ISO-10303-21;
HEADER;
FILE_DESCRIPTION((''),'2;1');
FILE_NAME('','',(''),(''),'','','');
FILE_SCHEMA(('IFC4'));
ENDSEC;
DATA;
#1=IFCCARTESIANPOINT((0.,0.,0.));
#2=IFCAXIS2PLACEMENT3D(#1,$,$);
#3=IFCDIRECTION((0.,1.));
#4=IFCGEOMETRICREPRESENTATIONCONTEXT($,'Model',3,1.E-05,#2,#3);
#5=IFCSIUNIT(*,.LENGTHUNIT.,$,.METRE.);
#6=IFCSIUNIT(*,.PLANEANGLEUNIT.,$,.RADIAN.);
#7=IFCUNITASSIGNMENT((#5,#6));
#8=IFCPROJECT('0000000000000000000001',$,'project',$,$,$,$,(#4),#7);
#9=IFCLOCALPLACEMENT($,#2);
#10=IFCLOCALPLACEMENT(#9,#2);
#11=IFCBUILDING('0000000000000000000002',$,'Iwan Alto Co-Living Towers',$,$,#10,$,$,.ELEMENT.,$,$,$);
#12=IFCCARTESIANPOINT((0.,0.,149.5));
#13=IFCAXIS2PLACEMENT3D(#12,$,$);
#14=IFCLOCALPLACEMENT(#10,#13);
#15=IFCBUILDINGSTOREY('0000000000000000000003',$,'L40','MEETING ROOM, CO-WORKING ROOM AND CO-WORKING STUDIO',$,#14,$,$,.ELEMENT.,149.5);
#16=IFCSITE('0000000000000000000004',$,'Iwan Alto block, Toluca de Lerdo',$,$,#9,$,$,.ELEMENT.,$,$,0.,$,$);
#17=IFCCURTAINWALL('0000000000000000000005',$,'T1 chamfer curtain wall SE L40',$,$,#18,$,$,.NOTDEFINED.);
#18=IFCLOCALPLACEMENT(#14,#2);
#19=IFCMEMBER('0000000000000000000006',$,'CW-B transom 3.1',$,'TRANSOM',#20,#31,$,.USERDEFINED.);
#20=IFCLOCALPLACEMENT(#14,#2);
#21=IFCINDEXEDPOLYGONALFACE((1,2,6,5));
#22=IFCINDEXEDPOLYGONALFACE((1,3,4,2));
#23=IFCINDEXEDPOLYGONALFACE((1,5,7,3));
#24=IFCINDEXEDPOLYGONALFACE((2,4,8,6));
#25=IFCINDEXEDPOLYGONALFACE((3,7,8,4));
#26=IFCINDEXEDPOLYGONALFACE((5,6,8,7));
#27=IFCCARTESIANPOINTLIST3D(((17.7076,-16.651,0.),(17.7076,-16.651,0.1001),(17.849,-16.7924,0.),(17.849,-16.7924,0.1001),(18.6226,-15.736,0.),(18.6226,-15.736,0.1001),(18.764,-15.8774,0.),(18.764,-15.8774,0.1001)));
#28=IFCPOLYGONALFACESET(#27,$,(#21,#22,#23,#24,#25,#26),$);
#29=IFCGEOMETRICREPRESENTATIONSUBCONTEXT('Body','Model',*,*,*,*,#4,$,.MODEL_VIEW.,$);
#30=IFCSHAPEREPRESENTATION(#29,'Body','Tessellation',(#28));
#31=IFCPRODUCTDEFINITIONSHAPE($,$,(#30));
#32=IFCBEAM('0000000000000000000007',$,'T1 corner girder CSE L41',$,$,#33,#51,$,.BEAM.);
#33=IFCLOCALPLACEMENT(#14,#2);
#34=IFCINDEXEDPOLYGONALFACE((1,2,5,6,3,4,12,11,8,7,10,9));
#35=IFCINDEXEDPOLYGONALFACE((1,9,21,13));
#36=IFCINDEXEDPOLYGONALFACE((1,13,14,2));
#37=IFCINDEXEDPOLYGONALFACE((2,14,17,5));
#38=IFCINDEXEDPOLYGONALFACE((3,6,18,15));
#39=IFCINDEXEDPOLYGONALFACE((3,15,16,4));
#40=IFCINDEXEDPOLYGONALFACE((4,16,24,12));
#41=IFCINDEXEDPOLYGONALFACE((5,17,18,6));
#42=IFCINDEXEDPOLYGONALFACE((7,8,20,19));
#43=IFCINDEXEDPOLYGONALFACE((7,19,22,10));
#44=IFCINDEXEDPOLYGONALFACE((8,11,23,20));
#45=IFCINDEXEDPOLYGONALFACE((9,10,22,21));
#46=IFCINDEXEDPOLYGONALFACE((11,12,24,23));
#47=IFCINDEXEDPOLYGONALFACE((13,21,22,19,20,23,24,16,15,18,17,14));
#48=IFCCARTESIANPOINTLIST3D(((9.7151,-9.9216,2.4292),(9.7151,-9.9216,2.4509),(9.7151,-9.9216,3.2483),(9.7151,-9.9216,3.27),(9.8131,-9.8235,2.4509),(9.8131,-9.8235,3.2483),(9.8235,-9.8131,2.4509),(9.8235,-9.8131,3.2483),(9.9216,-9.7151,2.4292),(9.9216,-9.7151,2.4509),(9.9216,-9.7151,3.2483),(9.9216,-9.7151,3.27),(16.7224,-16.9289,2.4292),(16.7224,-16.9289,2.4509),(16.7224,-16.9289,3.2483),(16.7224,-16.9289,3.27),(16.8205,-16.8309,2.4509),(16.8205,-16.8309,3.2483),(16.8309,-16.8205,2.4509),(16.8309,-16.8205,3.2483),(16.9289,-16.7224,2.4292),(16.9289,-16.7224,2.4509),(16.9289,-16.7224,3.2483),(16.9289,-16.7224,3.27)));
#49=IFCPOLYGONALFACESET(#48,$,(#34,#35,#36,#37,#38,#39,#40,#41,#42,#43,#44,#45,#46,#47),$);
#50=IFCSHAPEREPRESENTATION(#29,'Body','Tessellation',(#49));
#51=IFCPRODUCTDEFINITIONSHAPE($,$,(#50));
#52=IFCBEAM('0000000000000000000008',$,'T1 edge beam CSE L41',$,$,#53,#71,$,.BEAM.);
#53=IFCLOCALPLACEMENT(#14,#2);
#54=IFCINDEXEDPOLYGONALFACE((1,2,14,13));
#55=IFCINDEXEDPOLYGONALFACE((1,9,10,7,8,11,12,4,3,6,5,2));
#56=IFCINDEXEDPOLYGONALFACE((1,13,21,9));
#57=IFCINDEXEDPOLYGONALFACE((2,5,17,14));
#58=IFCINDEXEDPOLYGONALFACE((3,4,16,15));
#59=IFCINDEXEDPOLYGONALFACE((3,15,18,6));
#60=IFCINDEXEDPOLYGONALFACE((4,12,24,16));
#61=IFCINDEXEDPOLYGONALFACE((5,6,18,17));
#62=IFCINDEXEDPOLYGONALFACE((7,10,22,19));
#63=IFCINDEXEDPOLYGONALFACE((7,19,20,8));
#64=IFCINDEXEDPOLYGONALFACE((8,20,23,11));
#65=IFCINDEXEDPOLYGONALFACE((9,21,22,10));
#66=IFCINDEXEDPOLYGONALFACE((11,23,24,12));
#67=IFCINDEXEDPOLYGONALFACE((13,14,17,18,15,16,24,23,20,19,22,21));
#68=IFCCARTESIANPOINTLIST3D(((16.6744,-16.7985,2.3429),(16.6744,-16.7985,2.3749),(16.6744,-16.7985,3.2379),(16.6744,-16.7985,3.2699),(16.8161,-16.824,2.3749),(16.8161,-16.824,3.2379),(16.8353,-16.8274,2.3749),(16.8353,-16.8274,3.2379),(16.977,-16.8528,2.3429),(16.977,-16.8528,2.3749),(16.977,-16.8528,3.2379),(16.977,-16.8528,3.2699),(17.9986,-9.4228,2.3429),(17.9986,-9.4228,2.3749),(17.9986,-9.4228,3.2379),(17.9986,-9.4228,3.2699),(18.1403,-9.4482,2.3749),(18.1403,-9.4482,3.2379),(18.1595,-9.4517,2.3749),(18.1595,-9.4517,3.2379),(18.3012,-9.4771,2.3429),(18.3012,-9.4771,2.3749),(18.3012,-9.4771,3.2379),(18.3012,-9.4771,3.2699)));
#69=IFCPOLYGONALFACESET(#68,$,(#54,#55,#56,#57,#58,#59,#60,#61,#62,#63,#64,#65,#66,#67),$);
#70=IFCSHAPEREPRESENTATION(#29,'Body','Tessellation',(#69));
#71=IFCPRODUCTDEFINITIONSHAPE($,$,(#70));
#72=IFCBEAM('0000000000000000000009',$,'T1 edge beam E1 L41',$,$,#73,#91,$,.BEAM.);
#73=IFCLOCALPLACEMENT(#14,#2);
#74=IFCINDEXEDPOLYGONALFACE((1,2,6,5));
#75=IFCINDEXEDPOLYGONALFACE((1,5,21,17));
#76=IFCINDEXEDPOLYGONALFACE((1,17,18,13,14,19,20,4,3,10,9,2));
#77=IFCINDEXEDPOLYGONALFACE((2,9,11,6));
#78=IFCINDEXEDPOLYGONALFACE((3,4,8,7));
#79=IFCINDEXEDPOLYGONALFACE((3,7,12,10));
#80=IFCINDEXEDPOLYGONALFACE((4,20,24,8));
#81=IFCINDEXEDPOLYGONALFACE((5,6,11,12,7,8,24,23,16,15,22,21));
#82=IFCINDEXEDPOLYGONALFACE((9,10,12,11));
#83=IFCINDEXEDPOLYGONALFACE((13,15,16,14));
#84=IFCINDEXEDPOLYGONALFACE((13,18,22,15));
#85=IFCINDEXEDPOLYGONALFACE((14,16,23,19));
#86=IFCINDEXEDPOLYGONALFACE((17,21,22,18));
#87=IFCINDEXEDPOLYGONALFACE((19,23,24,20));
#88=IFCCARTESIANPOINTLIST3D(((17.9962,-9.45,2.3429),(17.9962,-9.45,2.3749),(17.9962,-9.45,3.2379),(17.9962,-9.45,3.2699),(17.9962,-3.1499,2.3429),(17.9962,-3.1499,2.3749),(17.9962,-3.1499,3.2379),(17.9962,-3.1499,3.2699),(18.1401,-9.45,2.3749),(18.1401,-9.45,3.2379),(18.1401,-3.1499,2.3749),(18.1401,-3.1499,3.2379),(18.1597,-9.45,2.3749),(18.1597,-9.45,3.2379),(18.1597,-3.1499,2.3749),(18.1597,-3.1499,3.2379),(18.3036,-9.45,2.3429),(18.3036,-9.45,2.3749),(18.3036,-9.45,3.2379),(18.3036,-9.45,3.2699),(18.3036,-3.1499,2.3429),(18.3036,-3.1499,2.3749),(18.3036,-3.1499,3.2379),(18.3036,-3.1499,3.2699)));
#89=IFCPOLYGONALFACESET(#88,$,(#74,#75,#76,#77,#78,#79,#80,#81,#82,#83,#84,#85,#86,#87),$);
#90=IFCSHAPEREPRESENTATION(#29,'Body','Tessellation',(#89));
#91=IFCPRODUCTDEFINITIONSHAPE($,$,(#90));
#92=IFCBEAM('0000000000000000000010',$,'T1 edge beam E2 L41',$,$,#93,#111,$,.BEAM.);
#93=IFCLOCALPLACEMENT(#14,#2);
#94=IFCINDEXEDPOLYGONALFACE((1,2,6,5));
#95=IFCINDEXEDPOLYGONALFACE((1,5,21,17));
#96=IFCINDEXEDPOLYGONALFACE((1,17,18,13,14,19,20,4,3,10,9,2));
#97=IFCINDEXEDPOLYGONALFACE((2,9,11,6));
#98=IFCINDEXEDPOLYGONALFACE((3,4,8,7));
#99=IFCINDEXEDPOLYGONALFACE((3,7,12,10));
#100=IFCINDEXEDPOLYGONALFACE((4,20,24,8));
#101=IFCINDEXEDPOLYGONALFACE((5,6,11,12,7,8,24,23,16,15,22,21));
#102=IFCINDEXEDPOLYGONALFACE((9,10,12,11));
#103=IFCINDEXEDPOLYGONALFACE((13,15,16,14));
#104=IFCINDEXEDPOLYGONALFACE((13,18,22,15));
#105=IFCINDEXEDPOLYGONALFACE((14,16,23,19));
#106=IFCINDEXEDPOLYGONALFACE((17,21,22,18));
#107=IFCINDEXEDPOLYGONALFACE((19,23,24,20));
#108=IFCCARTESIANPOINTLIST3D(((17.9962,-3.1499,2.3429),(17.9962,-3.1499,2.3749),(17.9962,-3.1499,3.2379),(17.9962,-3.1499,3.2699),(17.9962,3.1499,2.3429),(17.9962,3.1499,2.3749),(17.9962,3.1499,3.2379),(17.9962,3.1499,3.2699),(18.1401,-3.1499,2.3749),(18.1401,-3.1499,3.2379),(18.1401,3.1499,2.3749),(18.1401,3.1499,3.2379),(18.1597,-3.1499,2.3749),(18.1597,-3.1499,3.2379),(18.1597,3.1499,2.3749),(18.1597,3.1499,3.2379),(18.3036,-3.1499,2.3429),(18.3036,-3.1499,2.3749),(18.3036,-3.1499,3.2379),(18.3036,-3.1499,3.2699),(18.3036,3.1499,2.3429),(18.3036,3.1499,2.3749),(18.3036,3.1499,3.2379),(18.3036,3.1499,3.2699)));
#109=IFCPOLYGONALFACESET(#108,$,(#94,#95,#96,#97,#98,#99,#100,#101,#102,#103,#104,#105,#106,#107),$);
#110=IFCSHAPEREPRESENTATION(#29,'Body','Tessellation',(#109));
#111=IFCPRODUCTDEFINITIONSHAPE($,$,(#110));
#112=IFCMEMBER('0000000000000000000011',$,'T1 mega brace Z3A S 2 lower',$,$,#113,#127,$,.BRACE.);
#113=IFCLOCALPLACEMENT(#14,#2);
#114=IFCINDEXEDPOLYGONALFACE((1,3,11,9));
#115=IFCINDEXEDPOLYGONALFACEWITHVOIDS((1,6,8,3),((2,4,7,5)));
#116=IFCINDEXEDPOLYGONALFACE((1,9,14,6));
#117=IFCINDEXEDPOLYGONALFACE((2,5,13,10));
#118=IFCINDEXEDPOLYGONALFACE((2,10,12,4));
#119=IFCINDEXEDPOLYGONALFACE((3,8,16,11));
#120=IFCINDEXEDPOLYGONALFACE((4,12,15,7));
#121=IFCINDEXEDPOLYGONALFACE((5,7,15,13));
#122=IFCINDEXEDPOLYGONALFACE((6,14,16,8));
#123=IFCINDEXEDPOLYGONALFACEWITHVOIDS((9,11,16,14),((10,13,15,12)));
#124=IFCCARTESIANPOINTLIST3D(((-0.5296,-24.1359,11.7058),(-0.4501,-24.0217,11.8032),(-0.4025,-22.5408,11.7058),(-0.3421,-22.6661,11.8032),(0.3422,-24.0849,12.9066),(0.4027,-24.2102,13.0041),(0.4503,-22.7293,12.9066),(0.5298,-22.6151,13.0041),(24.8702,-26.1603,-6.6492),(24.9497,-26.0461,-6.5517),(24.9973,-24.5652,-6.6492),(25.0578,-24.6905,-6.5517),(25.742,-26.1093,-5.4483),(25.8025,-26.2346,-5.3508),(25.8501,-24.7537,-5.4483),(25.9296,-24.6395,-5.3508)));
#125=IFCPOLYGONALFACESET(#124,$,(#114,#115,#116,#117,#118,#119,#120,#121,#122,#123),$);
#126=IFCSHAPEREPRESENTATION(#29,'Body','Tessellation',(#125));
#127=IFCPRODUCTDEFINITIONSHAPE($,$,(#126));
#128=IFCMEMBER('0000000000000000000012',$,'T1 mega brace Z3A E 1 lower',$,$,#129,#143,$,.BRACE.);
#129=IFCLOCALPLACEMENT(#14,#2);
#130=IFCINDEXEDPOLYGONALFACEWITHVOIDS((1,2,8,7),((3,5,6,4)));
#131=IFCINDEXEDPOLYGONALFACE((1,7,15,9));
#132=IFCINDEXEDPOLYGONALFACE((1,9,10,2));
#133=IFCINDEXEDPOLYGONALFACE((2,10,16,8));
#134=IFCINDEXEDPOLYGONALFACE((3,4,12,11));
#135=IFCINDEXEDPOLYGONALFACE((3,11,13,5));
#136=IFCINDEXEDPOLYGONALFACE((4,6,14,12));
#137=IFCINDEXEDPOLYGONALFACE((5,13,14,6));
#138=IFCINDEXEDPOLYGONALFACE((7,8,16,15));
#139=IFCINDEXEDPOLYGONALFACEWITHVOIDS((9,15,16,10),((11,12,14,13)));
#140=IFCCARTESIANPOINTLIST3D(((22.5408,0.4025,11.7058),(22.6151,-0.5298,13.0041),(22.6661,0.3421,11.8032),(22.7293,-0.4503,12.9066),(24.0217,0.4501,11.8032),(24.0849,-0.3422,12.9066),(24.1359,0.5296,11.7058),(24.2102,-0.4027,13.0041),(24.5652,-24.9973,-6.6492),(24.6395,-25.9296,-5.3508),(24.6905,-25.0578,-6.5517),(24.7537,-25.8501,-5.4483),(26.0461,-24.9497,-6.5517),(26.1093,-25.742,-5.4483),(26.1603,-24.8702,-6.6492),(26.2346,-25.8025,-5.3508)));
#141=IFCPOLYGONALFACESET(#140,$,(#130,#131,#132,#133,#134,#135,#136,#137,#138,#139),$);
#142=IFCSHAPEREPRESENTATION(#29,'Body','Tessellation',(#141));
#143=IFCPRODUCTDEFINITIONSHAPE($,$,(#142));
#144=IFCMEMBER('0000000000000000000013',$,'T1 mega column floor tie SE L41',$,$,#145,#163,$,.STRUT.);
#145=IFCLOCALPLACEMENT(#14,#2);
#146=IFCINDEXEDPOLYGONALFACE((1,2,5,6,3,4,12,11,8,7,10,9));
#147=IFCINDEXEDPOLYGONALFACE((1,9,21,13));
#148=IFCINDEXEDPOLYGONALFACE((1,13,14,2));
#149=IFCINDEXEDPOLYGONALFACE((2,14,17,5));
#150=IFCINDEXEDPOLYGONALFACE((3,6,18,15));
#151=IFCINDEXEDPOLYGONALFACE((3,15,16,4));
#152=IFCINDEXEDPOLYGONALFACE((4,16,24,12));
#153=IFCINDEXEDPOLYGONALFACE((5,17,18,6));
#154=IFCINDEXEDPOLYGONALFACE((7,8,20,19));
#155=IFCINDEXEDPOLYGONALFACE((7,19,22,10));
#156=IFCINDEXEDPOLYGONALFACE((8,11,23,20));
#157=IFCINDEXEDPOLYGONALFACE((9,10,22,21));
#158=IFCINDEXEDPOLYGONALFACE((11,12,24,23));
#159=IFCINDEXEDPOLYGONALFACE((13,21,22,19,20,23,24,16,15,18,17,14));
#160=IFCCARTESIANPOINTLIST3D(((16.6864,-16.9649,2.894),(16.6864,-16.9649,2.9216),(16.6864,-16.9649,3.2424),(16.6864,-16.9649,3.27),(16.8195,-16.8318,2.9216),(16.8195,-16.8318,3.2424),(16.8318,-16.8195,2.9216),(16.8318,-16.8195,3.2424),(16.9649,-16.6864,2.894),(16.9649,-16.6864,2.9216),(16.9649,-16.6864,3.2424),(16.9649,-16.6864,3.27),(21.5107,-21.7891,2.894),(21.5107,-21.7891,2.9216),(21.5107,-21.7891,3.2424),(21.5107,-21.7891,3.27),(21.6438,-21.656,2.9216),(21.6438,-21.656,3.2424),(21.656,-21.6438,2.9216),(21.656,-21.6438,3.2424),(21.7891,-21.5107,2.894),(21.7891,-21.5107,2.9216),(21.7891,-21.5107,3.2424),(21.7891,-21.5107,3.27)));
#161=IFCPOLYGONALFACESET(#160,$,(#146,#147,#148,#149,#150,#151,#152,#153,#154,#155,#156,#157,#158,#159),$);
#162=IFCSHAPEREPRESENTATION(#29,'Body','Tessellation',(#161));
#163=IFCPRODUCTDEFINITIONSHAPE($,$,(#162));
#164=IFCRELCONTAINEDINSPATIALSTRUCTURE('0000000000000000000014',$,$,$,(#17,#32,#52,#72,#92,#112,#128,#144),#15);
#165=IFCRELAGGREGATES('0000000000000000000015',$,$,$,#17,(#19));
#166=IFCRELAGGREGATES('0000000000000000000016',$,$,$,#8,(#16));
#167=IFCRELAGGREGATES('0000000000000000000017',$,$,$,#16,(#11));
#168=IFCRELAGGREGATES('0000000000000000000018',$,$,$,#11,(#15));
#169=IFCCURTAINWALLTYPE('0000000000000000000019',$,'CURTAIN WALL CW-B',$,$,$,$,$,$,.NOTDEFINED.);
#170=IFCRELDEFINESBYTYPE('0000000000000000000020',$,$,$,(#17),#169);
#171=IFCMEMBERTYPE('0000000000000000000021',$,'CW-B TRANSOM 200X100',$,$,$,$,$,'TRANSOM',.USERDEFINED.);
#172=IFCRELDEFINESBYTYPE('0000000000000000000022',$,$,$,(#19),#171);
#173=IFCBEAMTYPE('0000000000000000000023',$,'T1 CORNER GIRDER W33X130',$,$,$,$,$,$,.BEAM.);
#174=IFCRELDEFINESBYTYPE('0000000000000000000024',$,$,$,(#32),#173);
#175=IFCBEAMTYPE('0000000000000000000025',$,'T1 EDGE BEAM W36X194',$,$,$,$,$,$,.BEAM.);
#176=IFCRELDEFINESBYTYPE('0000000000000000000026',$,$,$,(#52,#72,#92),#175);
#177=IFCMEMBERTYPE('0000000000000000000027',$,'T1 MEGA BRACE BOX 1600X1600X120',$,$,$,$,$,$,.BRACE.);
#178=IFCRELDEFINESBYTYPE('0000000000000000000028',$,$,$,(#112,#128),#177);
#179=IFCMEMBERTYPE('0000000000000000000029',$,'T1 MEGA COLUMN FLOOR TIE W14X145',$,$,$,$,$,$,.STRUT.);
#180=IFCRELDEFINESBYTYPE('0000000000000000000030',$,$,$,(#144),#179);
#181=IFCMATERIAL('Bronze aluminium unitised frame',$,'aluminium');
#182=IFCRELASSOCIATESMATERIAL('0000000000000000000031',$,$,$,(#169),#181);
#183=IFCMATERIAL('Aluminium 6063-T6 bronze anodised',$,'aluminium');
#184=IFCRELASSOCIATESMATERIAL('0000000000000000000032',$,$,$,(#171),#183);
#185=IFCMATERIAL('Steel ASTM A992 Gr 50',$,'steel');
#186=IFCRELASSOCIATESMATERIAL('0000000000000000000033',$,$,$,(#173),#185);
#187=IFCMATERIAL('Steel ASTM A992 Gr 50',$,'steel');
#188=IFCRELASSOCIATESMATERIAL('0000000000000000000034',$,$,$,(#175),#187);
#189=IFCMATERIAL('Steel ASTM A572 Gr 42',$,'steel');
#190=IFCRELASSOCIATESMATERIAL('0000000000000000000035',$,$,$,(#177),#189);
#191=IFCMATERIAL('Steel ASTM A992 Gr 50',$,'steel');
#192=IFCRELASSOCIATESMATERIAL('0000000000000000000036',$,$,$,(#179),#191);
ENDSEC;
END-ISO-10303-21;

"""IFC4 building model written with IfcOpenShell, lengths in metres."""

from ifc_helpers import new_model, si_unit, direction, frame, origin, origin_2d, place, context, subcontext, project, spatial, rectangle, hollow_rectangle, i_section, extrude, material, material_profile, profile_set, type_object, element, aggregate, save


model = new_model("IFC4")

# Units and contexts
model_context = context("Model", 3, precision=1e-05, world=origin(), true_north=direction((0.0, 1.0)))
body_context = subcontext(model_context, "Body", "Model", "MODEL_VIEW")
ifc_project = project(units=[si_unit("LENGTHUNIT", "METRE"), si_unit("PLANEANGLEUNIT", "RADIAN")], contexts=[model_context])

# Site, building, storey
site_placement = place(None, origin())
site = spatial("IfcSite", under=ifc_project, at=site_placement, Name="Iwan Alto block, Toluca de Lerdo", CompositionType="ELEMENT", RefElevation=0.0)
building_placement = place(site_placement, origin())
building = spatial("IfcBuilding", under=site, at=building_placement, Name="Iwan Alto Co-Living Towers", CompositionType="ELEMENT")
storey_placement = place(building_placement, frame((0.0, 0.0, 149.5)))
storey = spatial("IfcBuildingStorey", under=building, at=storey_placement, Name="L40", Description="MEETING ROOM, CO-WORKING ROOM AND CO-WORKING STUDIO", CompositionType="ELEMENT", Elevation=149.5)

# Curtain wall, member
ifc_material_1 = material(Name="Bronze aluminium unitised frame", Category="aluminium")
curtain_wall_type_1 = type_object("IfcCurtainWallType", Name="CURTAIN WALL CW-B", PredefinedType="NOTDEFINED", material=ifc_material_1)
curtain_wall_1_placement = place(storey_placement, origin())
curtain_wall_1 = element("IfcCurtainWall", 1, at=curtain_wall_1_placement, inside=storey, type_object=curtain_wall_type_1, Name="T1 chamfer curtain wall SE L40", PredefinedType="NOTDEFINED")
ifc_material_2 = material(Name="Aluminium 6063-T6 bronze anodised", Category="aluminium")
ifc_material_profile_1 = material_profile(ifc_material_2, rectangle(XDim=0.2, YDim=0.1001, at=origin_2d()), Name="AL 200X100")
ifc_profile_set_1 = profile_set([ifc_material_profile_1], Name="Aluminium 6063-T6 bronze anodised")
member_type_1 = type_object("IfcMemberType", Name="CW-B TRANSOM 200X100", ElementType="TRANSOM", PredefinedType="USERDEFINED", material=ifc_profile_set_1)
member_1_placement = place(storey_placement, frame((17.7783, -16.7217, 0.05), z_axis=(0.707107, 0.707107, 0.0), x_axis=(-0.707107, 0.707107, 0.0)))
member_1 = element("IfcMember", 2, at=member_1_placement, type_object=member_type_1, Name="CW-B transom 3.1", ObjectType="TRANSOM", PredefinedType="USERDEFINED", context=body_context, shape_type="SweptSolid", body=[
    extrude(rectangle(XDim=0.2, YDim=0.1001, at=origin_2d()), origin(), (0.0, 0.0, 1.0), 1.2939),
])

# Beams
ifc_material_3 = material(Name="Steel ASTM A992 Gr 50", Category="steel")
ifc_material_profile_2 = material_profile(ifc_material_3, i_section(OverallWidth=0.292, OverallDepth=0.8408, WebThickness=0.0146, FlangeThickness=0.0217, at=origin_2d()), Name="W33X130")
ifc_profile_set_2 = profile_set([ifc_material_profile_2], Name="Steel ASTM A992 Gr 50")
beam_type_1 = type_object("IfcBeamType", Name="T1 CORNER GIRDER W33X130", PredefinedType="BEAM", material=ifc_profile_set_2)
beam_1_placement = place(storey_placement, frame((16.8257, -16.8257, 2.8496), z_axis=(-0.707107, 0.707107, 0.0), x_axis=(-0.707107, -0.707107, 0.0)))
element("IfcBeam", 3, at=beam_1_placement, inside=storey, type_object=beam_type_1, Name="T1 corner girder CSE L41", PredefinedType="BEAM", context=body_context, shape_type="SweptSolid", body=[
    extrude(i_section(OverallWidth=0.292, OverallDepth=0.8408, WebThickness=0.0146, FlangeThickness=0.0217, at=origin_2d()), origin(), (0.0, 0.0, 1.0), 9.9099),
])
ifc_material_4 = material(Name="Steel ASTM A992 Gr 50", Category="steel")
ifc_material_profile_3 = material_profile(ifc_material_4, i_section(OverallWidth=0.3074, OverallDepth=0.927, WebThickness=0.0195, FlangeThickness=0.032, at=origin_2d()), Name="W36X194")
ifc_profile_set_3 = profile_set([ifc_material_profile_3], Name="Steel ASTM A992 Gr 50")
beam_type_2 = type_object("IfcBeamType", Name="T1 EDGE BEAM W36X194", PredefinedType="BEAM", material=ifc_profile_set_3)
beam_2_placement = place(storey_placement, frame((16.8257, -16.8257, 2.8064), z_axis=(0.176712, 0.984263, 0.0), x_axis=(-0.984263, 0.176712, 0.0)))
element("IfcBeam", 4, at=beam_2_placement, inside=storey, type_object=beam_type_2, Name="T1 edge beam CSE L41", PredefinedType="BEAM", context=body_context, shape_type="SweptSolid", body=[
    extrude(i_section(OverallWidth=0.3074, OverallDepth=0.927, WebThickness=0.0195, FlangeThickness=0.032, at=origin_2d()), origin(), (0.0, 0.0, 1.0), 7.4937),
])
beam_3_placement = place(storey_placement, frame((18.1499, -9.45, 2.8064), z_axis=(0.0, 1.0, 0.0), x_axis=(-1.0, 0.0, 0.0)))
element("IfcBeam", 5, at=beam_3_placement, inside=storey, type_object=beam_type_2, Name="T1 edge beam E1 L41", PredefinedType="BEAM", context=body_context, shape_type="SweptSolid", body=[
    extrude(i_section(OverallWidth=0.3074, OverallDepth=0.927, WebThickness=0.0195, FlangeThickness=0.032, at=origin_2d()), origin(), (0.0, 0.0, 1.0), 6.3),
])
beam_4_placement = place(storey_placement, frame((18.1499, -3.1499, 2.8064), z_axis=(0.0, 1.0, 0.0), x_axis=(-1.0, 0.0, 0.0)))
element("IfcBeam", 6, at=beam_4_placement, inside=storey, type_object=beam_type_2, Name="T1 edge beam E2 L41", PredefinedType="BEAM", context=body_context, shape_type="SweptSolid", body=[
    extrude(i_section(OverallWidth=0.3074, OverallDepth=0.927, WebThickness=0.0195, FlangeThickness=0.032, at=origin_2d()), origin(), (0.0, 0.0, 1.0), 6.2998),
])

# Members
ifc_material_5 = material(Name="Steel ASTM A572 Gr 42", Category="steel")
ifc_material_profile_4 = material_profile(ifc_material_5, hollow_rectangle(XDim=1.6001, YDim=1.6001, WallThickness=0.1201, at=origin_2d()), Name="BOX 1600X1600X120")
ifc_profile_set_4 = profile_set([ifc_material_profile_4], Name="Steel ASTM A572 Gr 42")
member_type_2 = type_object("IfcMemberType", Name="T1 MEGA BRACE BOX 1600X1600X120", PredefinedType="BRACE", material=ifc_profile_set_4)
for number, where, z_axis, x_axis, name in (
    (7, (25.3999, -25.3999, -6.0), (-0.808833, 0.064465, 0.584495), (-0.07945, -0.996839, 0.0), "T1 mega brace Z3A S 2 lower"),
    (8, (25.3999, -25.3999, -6.0), (-0.064465, 0.808833, 0.584495), (-0.996839, -0.07945, 0.0), "T1 mega brace Z3A E 1 lower"),
):
    element("IfcMember", number, at=place(storey_placement, frame(where, z_axis=z_axis, x_axis=x_axis)), inside=storey, type_object=member_type_2, Name=name, PredefinedType="BRACE", context=body_context, shape_type="SweptSolid", body=[
        extrude(hollow_rectangle(XDim=1.6001, YDim=1.6001, WallThickness=0.1201, at=origin_2d()), origin(), (0.0, 0.0, 1.0), 31.4031),
    ])
ifc_material_6 = material(Name="Steel ASTM A992 Gr 50", Category="steel")
ifc_material_profile_5 = material_profile(ifc_material_6, i_section(OverallWidth=0.3938, OverallDepth=0.376, WebThickness=0.0173, FlangeThickness=0.0276, at=origin_2d()), Name="W14X145")
ifc_profile_set_5 = profile_set([ifc_material_profile_5], Name="Steel ASTM A992 Gr 50")
member_type_3 = type_object("IfcMemberType", Name="T1 MEGA COLUMN FLOOR TIE W14X145", PredefinedType="STRUT", material=ifc_profile_set_5)
member_2_placement = place(storey_placement, frame((21.6499, -21.6499, 3.082), z_axis=(-0.707107, 0.707107, 0.0), x_axis=(-0.707107, -0.707107, 0.0)))
element("IfcMember", 9, at=member_2_placement, inside=storey, type_object=member_type_3, Name="T1 mega column floor tie SE L41", PredefinedType="STRUT", context=body_context, shape_type="SweptSolid", body=[
    extrude(i_section(OverallWidth=0.3938, OverallDepth=0.376, WebThickness=0.0173, FlangeThickness=0.0276, at=origin_2d()), origin(), (0.0, 0.0, 1.0), 6.8225),
])

aggregate(curtain_wall_1, [member_1])

save(model, "model.ifc")
